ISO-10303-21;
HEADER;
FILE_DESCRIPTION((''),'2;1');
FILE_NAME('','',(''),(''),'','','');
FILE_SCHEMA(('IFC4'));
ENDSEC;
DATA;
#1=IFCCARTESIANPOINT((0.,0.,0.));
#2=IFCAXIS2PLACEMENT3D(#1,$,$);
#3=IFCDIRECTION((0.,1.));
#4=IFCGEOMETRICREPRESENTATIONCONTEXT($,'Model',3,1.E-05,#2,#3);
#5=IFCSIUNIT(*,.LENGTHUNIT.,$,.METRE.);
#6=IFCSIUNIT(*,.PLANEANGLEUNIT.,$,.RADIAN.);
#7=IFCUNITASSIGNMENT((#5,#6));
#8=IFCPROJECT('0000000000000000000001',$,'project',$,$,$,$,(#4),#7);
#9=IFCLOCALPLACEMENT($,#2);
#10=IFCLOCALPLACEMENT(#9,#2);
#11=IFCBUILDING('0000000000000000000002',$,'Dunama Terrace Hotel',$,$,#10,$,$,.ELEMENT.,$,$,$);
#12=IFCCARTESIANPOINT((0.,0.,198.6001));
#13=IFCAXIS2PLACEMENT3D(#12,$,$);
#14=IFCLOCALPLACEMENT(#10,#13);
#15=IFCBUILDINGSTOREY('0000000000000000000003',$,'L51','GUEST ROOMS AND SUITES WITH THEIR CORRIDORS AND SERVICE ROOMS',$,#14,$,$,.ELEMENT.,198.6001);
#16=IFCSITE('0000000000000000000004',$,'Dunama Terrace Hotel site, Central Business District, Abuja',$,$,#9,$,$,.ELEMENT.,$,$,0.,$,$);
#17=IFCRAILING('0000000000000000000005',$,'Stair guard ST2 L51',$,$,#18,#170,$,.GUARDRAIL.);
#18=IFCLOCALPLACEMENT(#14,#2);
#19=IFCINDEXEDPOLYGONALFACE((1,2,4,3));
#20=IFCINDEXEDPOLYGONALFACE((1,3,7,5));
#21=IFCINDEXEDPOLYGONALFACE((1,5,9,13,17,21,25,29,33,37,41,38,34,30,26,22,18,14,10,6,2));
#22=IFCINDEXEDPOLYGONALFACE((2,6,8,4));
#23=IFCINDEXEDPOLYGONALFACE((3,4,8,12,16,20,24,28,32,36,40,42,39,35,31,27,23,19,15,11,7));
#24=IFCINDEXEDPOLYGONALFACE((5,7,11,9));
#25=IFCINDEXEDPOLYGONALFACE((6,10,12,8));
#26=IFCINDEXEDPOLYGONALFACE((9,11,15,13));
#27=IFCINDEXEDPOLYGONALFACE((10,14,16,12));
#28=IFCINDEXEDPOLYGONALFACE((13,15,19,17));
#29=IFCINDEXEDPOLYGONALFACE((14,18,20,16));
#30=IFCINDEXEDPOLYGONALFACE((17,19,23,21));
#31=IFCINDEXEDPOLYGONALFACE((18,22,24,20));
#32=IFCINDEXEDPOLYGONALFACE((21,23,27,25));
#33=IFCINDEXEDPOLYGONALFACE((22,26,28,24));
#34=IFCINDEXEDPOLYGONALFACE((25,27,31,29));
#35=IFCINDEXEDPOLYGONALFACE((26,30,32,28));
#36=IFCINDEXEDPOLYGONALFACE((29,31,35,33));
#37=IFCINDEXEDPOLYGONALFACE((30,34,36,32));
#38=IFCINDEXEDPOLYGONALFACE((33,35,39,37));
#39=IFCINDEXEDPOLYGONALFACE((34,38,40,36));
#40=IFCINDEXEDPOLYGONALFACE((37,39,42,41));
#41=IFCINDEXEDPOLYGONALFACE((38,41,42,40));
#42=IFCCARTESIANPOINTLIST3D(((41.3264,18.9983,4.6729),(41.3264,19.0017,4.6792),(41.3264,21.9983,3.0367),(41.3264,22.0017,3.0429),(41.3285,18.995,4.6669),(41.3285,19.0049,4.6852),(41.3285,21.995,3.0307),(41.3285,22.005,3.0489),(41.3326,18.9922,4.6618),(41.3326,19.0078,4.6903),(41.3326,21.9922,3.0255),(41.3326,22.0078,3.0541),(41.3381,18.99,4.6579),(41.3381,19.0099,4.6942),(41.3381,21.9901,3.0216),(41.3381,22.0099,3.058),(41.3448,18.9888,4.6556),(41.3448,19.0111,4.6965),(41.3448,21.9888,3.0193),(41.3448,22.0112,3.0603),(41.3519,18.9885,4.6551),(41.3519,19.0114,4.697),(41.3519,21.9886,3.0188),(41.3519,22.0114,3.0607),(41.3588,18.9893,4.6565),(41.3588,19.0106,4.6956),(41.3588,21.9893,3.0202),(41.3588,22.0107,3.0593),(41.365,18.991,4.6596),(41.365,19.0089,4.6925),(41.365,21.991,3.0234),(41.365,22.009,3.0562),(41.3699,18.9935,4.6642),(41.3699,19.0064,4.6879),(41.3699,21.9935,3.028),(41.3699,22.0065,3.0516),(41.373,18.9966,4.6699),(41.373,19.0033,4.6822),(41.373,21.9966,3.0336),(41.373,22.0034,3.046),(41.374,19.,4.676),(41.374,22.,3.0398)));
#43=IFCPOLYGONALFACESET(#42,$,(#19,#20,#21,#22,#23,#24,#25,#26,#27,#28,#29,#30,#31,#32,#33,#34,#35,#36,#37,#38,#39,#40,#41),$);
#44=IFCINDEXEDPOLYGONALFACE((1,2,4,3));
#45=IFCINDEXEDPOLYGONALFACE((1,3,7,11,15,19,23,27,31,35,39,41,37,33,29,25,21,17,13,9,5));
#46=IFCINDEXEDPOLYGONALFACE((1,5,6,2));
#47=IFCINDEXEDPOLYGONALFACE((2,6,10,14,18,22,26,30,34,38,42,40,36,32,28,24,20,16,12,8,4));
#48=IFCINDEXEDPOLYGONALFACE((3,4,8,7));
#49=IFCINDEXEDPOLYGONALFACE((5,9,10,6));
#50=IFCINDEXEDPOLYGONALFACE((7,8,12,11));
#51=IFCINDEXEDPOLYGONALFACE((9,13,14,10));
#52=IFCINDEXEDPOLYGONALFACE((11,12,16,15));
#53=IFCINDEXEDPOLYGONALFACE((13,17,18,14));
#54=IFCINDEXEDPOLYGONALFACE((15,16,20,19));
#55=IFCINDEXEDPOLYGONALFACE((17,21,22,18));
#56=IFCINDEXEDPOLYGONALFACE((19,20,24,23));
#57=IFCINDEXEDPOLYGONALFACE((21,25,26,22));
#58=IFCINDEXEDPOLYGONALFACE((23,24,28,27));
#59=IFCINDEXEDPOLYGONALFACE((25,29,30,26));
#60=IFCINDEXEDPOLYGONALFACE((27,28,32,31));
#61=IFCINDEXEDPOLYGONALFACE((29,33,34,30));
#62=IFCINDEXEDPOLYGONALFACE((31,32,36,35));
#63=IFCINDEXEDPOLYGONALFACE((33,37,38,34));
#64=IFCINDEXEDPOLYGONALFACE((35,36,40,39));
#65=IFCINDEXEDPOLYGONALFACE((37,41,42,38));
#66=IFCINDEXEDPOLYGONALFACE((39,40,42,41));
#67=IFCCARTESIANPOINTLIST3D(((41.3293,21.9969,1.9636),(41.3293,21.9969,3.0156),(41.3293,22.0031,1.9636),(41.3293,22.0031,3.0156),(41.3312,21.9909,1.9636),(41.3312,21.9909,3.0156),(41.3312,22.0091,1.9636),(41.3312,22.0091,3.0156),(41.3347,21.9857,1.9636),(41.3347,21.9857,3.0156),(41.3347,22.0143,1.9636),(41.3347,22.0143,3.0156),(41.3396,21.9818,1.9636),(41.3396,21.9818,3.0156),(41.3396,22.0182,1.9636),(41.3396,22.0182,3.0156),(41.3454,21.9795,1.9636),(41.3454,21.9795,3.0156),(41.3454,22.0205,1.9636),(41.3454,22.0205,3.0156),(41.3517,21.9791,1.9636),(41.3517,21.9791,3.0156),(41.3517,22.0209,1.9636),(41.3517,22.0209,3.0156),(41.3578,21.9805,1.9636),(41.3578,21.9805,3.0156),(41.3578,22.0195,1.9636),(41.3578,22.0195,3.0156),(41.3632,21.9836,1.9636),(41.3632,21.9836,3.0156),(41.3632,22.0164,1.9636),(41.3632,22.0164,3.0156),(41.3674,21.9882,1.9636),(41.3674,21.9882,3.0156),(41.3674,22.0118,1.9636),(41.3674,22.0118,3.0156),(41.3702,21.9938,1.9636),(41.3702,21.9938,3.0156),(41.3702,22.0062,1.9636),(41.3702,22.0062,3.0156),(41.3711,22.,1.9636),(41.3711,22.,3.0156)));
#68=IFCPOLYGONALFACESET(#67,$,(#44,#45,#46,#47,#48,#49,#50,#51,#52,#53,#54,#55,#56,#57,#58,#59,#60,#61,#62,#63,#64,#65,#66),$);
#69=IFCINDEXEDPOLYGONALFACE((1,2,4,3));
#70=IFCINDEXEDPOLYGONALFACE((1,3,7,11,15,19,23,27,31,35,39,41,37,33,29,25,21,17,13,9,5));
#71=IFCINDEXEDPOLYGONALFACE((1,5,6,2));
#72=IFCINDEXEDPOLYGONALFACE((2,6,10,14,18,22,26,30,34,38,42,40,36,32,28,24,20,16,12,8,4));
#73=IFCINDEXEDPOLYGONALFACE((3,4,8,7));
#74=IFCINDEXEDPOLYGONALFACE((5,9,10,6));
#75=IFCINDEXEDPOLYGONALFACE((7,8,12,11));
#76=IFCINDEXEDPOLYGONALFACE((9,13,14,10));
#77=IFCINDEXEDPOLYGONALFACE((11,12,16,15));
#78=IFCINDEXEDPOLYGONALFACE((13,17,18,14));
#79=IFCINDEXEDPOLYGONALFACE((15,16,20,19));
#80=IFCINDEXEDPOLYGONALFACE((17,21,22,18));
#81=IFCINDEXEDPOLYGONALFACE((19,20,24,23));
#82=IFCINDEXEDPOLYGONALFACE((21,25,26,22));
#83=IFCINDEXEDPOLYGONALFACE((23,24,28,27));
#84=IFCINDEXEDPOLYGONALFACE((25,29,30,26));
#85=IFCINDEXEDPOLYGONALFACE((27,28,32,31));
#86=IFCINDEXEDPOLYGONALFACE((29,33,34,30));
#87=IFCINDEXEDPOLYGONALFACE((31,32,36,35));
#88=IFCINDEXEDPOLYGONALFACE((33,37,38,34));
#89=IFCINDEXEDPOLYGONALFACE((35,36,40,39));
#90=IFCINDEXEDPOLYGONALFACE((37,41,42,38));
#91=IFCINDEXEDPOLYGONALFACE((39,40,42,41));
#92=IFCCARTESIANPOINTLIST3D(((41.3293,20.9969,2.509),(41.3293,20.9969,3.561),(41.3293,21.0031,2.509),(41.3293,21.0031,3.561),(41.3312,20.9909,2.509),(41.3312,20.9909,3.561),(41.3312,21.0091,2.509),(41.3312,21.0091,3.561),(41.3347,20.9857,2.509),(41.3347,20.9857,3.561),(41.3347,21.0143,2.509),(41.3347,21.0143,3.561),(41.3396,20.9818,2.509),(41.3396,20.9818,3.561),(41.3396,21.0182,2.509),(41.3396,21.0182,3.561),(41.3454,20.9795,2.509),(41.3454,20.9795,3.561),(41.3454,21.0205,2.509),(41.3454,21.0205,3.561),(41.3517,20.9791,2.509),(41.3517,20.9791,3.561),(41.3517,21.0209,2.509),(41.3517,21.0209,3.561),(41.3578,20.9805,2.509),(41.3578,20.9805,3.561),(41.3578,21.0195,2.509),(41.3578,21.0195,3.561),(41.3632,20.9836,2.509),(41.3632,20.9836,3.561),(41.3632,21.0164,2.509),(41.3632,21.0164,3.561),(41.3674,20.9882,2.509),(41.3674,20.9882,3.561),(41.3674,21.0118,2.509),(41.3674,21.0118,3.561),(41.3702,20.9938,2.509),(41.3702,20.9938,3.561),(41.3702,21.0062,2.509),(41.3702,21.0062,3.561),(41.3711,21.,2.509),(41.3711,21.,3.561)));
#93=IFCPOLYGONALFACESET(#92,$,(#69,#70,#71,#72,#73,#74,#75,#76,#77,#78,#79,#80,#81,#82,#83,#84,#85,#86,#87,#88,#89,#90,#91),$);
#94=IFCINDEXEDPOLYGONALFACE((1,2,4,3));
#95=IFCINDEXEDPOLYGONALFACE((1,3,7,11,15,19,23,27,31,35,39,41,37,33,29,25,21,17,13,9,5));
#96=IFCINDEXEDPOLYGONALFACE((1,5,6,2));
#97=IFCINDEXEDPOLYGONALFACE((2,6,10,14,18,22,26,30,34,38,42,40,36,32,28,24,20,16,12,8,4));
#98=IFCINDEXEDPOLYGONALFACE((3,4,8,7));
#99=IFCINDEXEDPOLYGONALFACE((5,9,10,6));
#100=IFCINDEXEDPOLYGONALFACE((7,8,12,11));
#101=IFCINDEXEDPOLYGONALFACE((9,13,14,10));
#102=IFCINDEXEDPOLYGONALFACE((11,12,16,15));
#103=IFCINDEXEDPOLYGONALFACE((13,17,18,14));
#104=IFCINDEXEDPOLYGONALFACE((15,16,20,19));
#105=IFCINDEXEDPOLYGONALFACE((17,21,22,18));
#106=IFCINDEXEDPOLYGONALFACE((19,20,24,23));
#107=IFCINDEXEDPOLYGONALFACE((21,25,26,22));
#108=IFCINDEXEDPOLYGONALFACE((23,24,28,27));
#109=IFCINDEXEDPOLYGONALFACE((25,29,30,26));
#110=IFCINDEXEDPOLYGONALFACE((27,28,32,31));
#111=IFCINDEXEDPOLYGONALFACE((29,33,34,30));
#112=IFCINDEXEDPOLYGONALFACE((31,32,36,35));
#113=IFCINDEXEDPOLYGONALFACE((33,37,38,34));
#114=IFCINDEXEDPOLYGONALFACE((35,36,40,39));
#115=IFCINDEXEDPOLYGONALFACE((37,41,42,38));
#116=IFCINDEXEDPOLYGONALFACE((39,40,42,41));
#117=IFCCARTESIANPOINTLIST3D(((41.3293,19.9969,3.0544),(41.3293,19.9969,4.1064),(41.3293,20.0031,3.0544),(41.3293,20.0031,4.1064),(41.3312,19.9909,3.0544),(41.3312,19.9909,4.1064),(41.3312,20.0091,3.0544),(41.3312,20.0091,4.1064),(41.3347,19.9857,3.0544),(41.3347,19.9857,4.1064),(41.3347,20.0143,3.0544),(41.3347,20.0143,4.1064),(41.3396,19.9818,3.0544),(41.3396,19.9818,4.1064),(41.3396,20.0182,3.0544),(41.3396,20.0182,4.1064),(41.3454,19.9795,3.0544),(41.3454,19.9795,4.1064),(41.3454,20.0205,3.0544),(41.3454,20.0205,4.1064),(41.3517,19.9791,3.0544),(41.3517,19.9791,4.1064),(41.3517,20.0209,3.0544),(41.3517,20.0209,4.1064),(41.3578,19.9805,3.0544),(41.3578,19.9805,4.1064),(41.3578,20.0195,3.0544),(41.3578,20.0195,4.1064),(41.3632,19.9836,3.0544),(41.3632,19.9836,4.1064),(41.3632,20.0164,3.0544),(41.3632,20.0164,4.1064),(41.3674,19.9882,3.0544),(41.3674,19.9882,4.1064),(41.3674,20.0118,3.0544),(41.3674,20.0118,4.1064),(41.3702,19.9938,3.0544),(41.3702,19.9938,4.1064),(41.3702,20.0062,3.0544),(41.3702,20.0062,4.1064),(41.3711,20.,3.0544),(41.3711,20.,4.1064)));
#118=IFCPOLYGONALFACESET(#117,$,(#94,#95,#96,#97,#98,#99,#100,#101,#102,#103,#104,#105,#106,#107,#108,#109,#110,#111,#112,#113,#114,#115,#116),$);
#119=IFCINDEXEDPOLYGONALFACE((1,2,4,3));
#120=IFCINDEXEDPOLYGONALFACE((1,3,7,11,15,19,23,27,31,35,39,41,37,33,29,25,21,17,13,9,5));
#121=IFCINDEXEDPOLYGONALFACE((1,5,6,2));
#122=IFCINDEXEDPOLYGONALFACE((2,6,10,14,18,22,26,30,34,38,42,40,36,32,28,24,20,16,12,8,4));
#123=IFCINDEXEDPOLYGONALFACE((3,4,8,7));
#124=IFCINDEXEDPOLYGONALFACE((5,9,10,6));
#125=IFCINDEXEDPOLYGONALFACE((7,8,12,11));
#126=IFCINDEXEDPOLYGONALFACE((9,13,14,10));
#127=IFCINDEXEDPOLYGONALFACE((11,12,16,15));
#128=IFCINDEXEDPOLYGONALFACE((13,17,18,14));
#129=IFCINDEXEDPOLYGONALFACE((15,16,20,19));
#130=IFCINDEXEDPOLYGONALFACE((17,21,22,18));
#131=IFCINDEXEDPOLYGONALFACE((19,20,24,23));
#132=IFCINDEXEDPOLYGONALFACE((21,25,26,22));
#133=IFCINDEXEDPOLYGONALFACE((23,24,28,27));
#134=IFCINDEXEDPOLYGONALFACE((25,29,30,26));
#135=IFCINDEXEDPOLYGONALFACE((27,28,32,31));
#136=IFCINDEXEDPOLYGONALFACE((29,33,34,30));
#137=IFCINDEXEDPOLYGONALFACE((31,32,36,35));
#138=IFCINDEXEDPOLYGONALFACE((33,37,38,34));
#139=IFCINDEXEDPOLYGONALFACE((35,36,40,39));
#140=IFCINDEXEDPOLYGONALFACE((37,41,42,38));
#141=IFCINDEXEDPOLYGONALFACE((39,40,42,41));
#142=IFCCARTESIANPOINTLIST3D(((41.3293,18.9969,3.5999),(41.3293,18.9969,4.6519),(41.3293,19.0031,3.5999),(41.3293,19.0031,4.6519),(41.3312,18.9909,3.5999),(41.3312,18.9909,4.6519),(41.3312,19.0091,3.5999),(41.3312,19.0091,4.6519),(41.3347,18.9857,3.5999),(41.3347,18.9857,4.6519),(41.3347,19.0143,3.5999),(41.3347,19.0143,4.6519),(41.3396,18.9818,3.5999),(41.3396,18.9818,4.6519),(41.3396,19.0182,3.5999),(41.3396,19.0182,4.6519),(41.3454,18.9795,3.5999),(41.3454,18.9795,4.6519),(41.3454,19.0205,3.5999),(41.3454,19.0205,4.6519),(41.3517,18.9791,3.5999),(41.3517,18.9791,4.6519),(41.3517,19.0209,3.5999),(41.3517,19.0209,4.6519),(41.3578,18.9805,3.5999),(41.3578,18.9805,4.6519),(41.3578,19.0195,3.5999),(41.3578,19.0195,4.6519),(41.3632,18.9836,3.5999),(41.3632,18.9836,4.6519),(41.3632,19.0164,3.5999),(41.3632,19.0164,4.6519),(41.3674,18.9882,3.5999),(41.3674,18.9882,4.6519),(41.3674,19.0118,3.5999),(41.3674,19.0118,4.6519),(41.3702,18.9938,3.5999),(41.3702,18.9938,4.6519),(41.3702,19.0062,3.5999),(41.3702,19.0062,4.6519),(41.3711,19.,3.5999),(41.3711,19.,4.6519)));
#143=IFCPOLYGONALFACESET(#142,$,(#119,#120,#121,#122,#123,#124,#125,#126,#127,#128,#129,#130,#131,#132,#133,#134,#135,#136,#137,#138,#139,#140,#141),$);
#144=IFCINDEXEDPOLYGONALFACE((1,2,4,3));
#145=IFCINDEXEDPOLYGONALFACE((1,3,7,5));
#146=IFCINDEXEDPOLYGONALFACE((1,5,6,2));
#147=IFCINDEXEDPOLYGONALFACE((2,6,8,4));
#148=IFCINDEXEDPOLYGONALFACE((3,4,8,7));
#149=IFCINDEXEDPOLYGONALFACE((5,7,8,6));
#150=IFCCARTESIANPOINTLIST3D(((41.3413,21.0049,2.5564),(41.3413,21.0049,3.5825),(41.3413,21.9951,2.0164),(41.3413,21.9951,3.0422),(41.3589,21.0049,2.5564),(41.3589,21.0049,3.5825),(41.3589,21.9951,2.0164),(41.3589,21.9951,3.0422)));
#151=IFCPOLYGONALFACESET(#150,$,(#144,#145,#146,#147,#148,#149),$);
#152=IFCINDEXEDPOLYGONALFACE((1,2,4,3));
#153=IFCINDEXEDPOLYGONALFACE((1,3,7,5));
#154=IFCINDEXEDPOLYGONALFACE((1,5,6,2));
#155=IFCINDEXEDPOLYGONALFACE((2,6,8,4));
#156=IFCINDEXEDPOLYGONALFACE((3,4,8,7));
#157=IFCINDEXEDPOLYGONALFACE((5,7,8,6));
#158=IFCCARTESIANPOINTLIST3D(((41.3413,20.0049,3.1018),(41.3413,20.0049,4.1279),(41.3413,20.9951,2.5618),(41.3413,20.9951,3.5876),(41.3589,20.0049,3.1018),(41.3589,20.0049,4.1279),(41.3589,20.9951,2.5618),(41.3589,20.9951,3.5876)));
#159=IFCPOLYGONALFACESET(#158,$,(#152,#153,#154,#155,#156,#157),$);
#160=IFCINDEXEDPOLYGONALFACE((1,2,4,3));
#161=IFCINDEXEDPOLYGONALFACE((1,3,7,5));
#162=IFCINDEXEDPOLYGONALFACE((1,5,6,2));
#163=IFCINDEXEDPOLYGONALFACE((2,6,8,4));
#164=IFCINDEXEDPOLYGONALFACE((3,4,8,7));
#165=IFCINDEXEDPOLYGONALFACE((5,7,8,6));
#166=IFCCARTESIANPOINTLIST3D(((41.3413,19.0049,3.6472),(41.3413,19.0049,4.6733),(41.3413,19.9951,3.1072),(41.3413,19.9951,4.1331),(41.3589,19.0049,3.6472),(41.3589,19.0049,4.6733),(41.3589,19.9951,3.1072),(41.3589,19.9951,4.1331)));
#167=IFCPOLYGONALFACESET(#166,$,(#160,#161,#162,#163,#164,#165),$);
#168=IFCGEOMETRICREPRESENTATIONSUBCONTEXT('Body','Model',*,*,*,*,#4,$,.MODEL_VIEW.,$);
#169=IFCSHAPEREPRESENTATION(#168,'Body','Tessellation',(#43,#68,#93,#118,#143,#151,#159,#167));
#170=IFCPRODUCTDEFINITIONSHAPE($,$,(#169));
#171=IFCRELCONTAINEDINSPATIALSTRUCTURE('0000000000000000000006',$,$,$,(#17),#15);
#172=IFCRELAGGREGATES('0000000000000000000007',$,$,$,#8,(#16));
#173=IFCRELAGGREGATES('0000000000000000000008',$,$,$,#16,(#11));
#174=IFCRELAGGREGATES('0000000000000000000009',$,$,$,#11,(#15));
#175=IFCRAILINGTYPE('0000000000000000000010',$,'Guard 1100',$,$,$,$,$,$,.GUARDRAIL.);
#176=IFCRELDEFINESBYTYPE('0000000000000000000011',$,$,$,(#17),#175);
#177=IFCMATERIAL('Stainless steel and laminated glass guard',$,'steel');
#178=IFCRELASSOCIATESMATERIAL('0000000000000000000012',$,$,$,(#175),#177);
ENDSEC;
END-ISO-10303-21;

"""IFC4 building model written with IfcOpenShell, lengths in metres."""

from ifc_helpers import new_model, si_unit, direction, frame, origin, origin_2d, place, context, subcontext, project, spatial, polyline, circle, outline, extrude, material, type_object, element, save


model = new_model("IFC4")

# Units and contexts
model_context = context("Model", 3, precision=1e-05, world=origin(), true_north=direction((0.0, 1.0)))
body_context = subcontext(model_context, "Body", "Model", "MODEL_VIEW")
ifc_project = project(units=[si_unit("LENGTHUNIT", "METRE"), si_unit("PLANEANGLEUNIT", "RADIAN")], contexts=[model_context])

# Site, building, storey
site_placement = place(None, origin())
site = spatial("IfcSite", under=ifc_project, at=site_placement, Name="Dunama Terrace Hotel site, Central Business District, Abuja", CompositionType="ELEMENT", RefElevation=0.0)
building_placement = place(site_placement, origin())
building = spatial("IfcBuilding", under=site, at=building_placement, Name="Dunama Terrace Hotel", CompositionType="ELEMENT")
storey_placement = place(building_placement, frame((0.0, 0.0, 198.6001)))
storey = spatial("IfcBuildingStorey", under=building, at=storey_placement, Name="L51", Description="GUEST ROOMS AND SUITES WITH THEIR CORRIDORS AND SERVICE ROOMS", CompositionType="ELEMENT", Elevation=198.6001)

# Railing
ifc_material_1 = material(Name="Stainless steel and laminated glass guard", Category="steel")
railing_type_1 = type_object("IfcRailingType", Name="Guard 1100", PredefinedType="GUARDRAIL", material=ifc_material_1)
railing_1_placement = place(storey_placement, frame((41.3501, 22.0, 1.9636)))
element("IfcRailing", 1, at=railing_1_placement, inside=storey, type_object=railing_type_1, Name="Stair guard ST2 L51", PredefinedType="GUARDRAIL", context=body_context, shape_type="SweptSolid", body=[
    extrude(circle(Radius=0.0239, at=origin_2d()), frame((0.0, 0.0, 1.0762), z_axis=(0.0, -0.877912, 0.478822), x_axis=(1.0, 0.0, 0.0)), (0.0, 0.0, 1.0), 3.4172),
    extrude(circle(Radius=0.021, at=origin_2d()), origin(), (0.0, 0.0, 1.0), 1.052),
    extrude(circle(Radius=0.021, at=origin_2d()), frame((0.0, -1.0, 0.5454)), (0.0, 0.0, 1.0), 1.052),
    extrude(circle(Radius=0.021, at=origin_2d()), frame((0.0, -2.0, 1.0908)), (0.0, 0.0, 1.0), 1.052),
    extrude(circle(Radius=0.021, at=origin_2d()), frame((0.0, -3.0, 1.6362)), (0.0, 0.0, 1.0), 1.052),
    extrude(outline(polyline([(0.0049, 0.0527), (0.9951, 0.5928), (0.9951, 1.6189), (0.0049, 1.0786), (0.0049, 0.0527)])), frame((0.0088, 0.0, 0.0), z_axis=(-1.0, 0.0, 0.0), x_axis=(0.0, -1.0, 0.0)), (0.0, 0.0, 1.0), 0.0176),
    extrude(outline(polyline([(0.0049, 0.0527), (0.9951, 0.5928), (0.9951, 1.6189), (0.0049, 1.0786), (0.0049, 0.0527)])), frame((0.0088, -1.0, 0.5454), z_axis=(-1.0, 0.0, 0.0), x_axis=(0.0, -1.0, 0.0)), (0.0, 0.0, 1.0), 0.0176),
    extrude(outline(polyline([(0.0049, 0.0527), (0.9951, 0.5928), (0.9951, 1.6189), (0.0049, 1.0786), (0.0049, 0.0527)])), frame((0.0088, -2.0, 1.0908), z_axis=(-1.0, 0.0, 0.0), x_axis=(0.0, -1.0, 0.0)), (0.0, 0.0, 1.0), 0.0176),
])

save(model, "model.ifc")
